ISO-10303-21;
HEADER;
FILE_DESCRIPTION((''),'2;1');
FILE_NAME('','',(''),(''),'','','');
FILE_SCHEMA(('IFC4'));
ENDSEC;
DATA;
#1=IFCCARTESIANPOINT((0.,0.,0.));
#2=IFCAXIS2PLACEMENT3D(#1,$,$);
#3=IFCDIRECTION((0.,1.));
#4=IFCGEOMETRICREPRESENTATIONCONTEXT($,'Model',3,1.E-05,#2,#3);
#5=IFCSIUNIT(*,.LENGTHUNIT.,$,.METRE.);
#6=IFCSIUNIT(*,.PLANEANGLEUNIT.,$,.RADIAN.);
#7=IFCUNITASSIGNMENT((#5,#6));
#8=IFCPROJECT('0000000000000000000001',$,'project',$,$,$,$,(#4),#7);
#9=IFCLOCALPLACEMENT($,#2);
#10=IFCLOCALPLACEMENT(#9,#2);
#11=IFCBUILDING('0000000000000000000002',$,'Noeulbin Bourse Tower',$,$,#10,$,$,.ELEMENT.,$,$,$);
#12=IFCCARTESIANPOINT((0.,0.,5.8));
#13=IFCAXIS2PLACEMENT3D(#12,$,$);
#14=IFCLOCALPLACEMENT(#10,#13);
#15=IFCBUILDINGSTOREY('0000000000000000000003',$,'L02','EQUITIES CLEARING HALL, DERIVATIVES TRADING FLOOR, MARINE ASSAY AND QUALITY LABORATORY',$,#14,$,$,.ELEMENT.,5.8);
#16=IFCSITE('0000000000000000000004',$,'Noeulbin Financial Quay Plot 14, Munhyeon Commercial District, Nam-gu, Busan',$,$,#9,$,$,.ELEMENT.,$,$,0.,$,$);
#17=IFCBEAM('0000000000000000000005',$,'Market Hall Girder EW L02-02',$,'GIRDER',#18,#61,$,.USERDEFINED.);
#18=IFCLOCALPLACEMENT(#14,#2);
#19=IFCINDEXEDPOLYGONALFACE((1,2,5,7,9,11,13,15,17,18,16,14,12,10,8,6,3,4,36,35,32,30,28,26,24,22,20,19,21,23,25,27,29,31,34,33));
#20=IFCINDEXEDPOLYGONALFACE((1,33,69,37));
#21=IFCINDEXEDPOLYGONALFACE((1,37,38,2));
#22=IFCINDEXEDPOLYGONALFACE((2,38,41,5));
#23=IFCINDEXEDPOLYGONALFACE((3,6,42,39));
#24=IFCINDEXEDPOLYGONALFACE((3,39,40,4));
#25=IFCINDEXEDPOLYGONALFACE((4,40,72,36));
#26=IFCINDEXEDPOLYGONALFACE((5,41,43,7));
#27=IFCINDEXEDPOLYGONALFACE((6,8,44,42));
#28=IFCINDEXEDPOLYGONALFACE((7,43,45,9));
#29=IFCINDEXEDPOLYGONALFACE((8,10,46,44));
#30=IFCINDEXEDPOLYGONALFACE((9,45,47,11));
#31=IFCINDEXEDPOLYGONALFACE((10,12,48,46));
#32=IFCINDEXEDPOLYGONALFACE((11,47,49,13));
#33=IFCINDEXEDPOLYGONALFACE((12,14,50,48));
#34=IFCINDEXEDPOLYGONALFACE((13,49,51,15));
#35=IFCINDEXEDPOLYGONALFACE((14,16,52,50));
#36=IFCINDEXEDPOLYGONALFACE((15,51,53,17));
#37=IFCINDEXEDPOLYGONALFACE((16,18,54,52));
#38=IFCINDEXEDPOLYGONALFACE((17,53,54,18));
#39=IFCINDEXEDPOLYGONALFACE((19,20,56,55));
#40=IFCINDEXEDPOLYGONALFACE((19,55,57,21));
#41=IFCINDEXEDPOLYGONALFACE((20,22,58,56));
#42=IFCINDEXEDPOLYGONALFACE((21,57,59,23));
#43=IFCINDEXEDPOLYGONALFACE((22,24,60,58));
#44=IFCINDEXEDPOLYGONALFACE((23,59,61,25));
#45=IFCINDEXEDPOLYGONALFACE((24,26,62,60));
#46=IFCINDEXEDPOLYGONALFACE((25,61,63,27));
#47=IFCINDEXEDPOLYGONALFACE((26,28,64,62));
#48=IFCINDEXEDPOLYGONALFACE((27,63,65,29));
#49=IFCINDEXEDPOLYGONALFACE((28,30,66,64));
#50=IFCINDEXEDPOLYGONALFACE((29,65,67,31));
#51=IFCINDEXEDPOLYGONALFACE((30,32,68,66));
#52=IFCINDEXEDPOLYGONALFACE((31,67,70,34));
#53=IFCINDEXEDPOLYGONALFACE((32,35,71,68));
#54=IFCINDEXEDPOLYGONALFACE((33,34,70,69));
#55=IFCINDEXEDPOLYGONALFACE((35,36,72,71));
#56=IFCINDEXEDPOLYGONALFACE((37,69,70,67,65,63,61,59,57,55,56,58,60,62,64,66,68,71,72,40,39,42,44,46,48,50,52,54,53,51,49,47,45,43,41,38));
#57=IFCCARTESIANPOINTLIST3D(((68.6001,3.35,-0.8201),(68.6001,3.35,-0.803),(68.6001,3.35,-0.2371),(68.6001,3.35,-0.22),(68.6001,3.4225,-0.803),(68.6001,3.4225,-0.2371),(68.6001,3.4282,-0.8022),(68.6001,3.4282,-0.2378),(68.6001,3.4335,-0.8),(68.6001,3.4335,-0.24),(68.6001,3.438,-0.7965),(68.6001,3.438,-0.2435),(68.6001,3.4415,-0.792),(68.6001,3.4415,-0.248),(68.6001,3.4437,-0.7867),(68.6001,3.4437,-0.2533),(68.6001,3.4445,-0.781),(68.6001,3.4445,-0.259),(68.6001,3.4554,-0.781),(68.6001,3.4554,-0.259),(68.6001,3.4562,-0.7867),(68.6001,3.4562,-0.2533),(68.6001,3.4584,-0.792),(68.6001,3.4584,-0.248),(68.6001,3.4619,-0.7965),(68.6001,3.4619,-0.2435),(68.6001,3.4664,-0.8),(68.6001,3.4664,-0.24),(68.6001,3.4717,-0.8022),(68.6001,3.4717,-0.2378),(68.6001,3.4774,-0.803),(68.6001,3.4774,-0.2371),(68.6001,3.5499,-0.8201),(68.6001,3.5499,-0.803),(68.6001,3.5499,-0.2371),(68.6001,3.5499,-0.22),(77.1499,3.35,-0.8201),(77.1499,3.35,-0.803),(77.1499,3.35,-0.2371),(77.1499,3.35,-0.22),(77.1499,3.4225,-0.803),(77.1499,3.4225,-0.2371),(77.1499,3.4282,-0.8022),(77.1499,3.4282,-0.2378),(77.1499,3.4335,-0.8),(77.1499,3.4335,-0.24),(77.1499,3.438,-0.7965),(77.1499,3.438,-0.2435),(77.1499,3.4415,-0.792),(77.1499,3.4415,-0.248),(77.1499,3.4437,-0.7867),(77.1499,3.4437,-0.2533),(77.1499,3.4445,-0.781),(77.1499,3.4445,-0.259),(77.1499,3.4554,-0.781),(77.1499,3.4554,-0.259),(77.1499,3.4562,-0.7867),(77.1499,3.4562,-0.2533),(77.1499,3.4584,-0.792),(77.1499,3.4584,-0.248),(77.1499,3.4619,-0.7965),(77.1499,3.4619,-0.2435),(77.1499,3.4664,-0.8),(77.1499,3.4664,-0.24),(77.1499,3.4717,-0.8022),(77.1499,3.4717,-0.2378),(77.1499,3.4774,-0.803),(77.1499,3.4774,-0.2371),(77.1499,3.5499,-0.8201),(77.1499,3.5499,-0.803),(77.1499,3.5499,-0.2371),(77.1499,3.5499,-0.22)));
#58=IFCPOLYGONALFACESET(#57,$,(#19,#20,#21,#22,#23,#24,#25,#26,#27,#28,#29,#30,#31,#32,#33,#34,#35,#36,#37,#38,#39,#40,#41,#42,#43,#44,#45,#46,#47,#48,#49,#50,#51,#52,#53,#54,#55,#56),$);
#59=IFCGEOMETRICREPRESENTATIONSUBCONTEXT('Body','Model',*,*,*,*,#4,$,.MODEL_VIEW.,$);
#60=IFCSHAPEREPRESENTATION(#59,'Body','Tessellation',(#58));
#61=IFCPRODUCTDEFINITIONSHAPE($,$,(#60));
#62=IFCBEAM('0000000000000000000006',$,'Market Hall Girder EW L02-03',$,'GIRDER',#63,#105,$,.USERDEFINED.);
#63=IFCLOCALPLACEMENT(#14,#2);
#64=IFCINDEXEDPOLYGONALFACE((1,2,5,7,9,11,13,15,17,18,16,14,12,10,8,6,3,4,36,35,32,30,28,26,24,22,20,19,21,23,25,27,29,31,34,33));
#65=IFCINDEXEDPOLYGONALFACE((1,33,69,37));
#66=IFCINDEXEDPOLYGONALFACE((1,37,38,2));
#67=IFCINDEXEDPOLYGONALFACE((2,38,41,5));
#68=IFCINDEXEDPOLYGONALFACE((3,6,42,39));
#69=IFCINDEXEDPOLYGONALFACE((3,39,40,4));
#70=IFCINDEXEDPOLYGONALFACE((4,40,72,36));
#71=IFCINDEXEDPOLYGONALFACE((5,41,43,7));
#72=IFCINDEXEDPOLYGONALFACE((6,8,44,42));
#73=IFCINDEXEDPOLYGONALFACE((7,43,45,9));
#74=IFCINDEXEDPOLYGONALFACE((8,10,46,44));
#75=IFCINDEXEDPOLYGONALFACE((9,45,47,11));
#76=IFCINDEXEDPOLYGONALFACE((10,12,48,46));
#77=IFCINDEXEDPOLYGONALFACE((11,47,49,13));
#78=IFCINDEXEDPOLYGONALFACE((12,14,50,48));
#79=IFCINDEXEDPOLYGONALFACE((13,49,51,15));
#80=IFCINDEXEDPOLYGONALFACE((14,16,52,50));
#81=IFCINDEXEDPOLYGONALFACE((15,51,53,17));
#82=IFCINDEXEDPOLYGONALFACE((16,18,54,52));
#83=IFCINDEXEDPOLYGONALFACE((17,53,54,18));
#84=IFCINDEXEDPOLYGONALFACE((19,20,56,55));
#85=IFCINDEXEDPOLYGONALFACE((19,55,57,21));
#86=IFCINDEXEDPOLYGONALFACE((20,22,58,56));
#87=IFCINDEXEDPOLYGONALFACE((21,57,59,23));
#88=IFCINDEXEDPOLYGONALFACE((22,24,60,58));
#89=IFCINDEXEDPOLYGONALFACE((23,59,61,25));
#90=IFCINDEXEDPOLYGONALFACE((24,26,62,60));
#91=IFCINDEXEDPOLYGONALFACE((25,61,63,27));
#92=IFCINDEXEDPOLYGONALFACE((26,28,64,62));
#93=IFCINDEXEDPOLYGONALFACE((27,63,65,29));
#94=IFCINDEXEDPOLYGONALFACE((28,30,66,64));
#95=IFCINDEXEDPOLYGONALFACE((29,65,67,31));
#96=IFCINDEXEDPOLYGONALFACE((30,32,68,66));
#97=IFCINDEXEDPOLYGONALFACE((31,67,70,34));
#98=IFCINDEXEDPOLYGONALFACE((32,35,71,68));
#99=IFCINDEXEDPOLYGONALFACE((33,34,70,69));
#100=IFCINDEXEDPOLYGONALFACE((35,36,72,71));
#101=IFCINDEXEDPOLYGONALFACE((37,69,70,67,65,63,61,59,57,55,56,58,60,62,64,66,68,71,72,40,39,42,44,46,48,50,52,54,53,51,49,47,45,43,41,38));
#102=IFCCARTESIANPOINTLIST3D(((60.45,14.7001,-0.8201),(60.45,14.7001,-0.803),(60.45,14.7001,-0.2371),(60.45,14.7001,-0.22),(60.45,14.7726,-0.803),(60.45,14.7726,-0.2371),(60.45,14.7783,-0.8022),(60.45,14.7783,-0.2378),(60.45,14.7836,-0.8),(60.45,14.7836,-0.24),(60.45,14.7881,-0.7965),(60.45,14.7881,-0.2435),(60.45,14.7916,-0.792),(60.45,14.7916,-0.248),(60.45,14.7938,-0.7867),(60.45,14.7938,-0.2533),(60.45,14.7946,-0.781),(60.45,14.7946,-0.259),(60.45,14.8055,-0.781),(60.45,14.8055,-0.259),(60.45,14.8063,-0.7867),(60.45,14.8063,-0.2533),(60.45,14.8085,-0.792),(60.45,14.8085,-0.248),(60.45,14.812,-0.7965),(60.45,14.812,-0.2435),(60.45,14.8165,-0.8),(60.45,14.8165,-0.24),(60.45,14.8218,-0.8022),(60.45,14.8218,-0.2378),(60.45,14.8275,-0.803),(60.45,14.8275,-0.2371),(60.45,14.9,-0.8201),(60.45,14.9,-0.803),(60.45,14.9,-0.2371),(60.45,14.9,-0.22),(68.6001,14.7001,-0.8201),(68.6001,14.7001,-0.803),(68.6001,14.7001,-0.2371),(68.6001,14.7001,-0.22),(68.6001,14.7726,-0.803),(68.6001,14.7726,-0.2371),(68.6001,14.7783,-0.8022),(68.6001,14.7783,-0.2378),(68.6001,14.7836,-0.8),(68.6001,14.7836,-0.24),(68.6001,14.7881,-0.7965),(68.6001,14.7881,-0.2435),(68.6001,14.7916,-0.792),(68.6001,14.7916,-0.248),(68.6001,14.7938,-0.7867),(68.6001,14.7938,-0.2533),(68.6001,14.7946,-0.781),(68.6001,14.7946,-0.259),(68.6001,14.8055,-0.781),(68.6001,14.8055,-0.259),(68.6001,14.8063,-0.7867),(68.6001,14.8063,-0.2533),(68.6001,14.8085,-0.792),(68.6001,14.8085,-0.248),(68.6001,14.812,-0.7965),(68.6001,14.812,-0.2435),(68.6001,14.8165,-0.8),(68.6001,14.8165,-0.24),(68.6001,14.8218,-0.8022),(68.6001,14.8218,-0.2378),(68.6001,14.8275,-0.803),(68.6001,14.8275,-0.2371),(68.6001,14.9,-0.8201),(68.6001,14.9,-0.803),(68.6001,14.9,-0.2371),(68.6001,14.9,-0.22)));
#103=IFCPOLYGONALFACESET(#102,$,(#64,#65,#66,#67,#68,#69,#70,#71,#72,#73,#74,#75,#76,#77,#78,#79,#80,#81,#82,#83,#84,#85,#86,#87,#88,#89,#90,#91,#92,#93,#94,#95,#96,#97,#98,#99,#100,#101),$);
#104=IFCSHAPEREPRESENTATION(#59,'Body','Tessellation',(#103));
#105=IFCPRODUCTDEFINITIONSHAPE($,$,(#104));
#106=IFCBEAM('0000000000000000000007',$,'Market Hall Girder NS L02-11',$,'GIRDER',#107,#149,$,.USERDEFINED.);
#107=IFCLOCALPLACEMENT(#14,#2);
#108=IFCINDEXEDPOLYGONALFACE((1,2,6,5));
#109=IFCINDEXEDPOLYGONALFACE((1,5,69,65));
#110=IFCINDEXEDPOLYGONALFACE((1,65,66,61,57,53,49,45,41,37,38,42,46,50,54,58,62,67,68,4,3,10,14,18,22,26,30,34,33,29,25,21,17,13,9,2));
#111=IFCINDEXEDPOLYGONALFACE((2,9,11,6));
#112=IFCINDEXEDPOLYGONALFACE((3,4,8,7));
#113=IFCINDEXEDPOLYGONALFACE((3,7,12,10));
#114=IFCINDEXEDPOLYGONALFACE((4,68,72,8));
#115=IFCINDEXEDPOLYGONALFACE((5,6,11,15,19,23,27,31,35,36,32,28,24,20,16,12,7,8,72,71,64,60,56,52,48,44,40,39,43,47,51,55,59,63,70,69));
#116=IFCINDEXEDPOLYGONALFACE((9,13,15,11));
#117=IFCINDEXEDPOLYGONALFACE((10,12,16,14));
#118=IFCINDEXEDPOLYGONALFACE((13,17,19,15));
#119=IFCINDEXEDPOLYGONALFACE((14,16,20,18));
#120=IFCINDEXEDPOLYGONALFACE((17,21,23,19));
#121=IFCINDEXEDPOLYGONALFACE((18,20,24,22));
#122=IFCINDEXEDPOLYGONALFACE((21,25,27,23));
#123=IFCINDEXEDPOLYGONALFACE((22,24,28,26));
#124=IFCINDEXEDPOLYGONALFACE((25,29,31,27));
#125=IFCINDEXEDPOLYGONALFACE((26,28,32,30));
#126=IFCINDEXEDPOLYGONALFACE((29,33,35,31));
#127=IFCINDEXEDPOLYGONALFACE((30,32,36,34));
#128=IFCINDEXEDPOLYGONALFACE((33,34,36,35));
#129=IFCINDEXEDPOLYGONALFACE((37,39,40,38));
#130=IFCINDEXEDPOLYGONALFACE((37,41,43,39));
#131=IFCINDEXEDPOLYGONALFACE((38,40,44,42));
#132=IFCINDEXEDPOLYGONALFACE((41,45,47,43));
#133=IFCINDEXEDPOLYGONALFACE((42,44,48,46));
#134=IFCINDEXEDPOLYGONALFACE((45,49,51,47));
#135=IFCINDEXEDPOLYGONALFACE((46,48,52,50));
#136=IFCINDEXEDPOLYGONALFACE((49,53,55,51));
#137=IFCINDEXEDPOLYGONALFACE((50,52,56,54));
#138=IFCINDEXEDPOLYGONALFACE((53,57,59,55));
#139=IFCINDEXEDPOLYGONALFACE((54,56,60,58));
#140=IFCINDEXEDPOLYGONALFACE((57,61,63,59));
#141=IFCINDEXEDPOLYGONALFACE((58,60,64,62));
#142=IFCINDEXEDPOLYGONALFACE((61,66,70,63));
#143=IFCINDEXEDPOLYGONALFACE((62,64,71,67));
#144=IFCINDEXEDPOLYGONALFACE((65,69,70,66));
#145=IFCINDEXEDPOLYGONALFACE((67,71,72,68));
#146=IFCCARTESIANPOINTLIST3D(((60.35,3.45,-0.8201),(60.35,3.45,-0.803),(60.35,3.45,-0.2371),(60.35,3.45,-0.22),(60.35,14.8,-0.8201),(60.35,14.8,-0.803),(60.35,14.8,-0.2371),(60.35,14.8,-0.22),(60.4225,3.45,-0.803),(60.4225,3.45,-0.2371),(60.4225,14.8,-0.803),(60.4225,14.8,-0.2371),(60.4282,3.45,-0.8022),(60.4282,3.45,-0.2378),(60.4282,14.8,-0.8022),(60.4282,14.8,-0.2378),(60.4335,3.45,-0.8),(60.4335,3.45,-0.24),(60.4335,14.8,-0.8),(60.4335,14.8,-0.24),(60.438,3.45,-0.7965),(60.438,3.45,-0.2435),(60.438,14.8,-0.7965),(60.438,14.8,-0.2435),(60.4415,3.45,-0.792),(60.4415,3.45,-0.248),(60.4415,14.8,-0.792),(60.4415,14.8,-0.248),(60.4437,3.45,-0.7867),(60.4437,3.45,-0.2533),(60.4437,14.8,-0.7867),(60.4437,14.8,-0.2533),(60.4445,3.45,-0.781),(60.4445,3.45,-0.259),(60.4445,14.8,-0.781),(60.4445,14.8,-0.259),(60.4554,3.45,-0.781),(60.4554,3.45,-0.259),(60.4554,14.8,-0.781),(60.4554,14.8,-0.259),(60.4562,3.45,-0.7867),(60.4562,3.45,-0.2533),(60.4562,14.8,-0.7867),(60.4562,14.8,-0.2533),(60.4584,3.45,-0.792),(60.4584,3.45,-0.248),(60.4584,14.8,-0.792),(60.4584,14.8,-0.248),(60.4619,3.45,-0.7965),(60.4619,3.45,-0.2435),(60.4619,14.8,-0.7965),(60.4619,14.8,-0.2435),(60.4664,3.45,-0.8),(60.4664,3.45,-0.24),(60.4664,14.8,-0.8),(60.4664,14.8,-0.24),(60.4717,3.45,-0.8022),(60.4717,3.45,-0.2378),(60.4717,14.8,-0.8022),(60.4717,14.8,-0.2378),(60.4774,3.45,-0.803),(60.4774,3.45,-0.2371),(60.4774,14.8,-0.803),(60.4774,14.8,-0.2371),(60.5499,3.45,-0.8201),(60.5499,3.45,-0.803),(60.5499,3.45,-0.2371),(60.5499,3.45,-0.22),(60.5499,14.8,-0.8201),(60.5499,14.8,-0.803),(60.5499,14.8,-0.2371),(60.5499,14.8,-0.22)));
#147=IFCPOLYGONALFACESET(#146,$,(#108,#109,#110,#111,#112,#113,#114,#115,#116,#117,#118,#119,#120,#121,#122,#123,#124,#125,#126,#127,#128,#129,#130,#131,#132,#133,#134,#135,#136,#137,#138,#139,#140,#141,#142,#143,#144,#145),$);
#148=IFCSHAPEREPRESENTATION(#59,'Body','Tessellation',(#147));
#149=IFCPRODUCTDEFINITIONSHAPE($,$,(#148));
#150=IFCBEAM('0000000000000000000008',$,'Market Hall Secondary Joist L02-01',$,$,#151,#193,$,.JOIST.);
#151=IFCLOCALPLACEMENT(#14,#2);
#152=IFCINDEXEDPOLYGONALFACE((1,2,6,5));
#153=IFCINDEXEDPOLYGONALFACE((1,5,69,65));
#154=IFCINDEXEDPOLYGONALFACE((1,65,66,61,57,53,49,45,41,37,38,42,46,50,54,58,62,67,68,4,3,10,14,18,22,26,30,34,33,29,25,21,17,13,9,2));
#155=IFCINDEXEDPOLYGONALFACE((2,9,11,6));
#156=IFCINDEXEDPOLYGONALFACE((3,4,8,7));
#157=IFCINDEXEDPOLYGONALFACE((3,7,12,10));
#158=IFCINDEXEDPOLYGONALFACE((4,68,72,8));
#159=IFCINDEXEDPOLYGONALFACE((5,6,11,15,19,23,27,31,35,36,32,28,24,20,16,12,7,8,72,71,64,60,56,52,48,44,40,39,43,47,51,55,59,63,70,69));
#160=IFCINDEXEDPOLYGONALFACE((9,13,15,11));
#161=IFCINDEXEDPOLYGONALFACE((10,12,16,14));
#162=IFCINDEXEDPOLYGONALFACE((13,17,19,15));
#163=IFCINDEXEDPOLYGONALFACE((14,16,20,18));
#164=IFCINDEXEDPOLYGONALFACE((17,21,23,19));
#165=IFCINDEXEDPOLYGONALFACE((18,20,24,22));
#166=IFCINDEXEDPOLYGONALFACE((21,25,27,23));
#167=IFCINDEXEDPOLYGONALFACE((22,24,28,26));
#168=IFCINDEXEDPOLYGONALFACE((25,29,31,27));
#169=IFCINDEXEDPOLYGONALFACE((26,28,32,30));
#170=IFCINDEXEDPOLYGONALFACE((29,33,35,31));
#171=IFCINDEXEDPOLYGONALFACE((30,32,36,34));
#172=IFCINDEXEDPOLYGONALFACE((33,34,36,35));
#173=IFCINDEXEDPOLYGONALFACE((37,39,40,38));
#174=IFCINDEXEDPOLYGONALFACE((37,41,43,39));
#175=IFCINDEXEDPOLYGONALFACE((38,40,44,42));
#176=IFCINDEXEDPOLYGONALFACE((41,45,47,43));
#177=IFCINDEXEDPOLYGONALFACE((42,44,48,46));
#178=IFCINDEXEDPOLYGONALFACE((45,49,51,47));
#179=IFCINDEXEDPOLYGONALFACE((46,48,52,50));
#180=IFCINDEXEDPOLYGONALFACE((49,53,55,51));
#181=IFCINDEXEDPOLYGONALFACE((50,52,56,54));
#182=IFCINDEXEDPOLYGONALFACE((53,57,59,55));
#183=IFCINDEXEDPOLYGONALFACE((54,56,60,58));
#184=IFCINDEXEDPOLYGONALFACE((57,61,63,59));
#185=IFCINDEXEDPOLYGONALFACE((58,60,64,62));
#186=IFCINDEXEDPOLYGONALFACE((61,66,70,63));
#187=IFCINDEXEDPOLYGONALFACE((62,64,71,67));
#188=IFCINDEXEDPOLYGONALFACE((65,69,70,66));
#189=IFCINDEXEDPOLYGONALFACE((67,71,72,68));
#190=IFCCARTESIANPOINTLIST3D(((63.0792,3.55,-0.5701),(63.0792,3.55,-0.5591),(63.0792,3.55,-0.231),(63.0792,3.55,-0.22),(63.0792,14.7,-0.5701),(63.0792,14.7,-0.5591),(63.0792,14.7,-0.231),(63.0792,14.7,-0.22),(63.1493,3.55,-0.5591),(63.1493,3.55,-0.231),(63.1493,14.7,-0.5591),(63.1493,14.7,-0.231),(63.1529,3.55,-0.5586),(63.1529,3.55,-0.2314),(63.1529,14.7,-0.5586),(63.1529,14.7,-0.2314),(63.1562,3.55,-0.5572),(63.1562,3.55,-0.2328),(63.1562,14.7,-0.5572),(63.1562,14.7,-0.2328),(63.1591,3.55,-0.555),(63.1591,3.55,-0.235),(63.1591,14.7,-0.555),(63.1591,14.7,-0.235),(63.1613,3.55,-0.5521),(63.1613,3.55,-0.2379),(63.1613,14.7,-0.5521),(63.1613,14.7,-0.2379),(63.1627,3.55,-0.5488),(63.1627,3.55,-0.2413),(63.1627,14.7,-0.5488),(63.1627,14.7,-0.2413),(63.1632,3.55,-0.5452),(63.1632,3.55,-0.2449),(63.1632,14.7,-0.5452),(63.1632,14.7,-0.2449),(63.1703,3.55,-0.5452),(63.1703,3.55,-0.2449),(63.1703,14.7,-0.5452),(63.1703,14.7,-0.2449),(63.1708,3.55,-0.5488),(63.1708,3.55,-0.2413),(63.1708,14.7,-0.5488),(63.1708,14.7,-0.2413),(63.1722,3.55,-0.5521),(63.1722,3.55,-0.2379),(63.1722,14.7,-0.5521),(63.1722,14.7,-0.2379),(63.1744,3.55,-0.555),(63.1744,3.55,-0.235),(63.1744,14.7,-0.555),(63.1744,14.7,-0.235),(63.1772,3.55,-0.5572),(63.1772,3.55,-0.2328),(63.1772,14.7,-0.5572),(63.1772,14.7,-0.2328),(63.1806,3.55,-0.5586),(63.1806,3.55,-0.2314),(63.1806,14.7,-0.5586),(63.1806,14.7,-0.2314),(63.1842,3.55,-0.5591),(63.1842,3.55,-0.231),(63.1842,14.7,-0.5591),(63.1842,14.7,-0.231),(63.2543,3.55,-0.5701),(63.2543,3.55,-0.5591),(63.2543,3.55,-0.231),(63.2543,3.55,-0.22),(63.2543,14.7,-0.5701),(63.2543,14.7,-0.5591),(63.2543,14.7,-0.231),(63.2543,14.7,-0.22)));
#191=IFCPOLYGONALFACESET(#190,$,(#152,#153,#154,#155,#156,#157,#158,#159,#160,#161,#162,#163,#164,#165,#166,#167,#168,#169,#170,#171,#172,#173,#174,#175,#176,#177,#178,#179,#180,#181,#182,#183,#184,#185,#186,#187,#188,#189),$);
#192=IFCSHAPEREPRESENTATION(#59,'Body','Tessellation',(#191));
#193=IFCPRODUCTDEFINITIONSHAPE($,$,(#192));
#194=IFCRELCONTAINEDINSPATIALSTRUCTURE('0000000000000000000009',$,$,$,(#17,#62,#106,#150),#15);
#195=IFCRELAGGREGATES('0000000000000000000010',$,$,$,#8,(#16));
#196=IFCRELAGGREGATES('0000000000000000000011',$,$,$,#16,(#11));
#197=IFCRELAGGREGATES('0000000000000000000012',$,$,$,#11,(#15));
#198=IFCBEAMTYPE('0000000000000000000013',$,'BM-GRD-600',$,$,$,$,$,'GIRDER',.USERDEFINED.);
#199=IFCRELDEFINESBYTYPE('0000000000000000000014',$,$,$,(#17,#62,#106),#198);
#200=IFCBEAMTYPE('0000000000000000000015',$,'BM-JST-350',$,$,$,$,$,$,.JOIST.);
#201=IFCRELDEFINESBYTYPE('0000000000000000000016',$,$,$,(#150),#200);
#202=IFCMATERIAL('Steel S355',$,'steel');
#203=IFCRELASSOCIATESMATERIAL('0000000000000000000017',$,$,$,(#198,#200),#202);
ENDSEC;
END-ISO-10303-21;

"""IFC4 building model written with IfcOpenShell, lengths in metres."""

from ifc_helpers import new_model, si_unit, direction, frame, origin, origin_2d, place, context, subcontext, project, spatial, i_section, extrude, material, material_profile, profile_set, type_object, element, save


model = new_model("IFC4")

# Units and contexts
model_context = context("Model", 3, precision=1e-05, world=origin(), true_north=direction((0.0, 1.0)))
body_context = subcontext(model_context, "Body", "Model", "MODEL_VIEW")
ifc_project = project(units=[si_unit("LENGTHUNIT", "METRE"), si_unit("PLANEANGLEUNIT", "RADIAN")], contexts=[model_context])

# Site, building, storey
site_placement = place(None, origin())
site = spatial("IfcSite", under=ifc_project, at=site_placement, Name="Noeulbin Financial Quay Plot 14, Munhyeon Commercial District, Nam-gu, Busan", CompositionType="ELEMENT", RefElevation=0.0)
building_placement = place(site_placement, origin())
building = spatial("IfcBuilding", under=site, at=building_placement, Name="Noeulbin Bourse Tower", CompositionType="ELEMENT")
storey_placement = place(building_placement, frame((0.0, 0.0, 5.8)))
storey = spatial("IfcBuildingStorey", under=building, at=storey_placement, Name="L02", Description="EQUITIES CLEARING HALL, DERIVATIVES TRADING FLOOR, MARINE ASSAY AND QUALITY LABORATORY", CompositionType="ELEMENT", Elevation=5.8)

# Shared definitions
ifc_material_1 = material(Name="Steel S355", Category="steel")

# Beams
ifc_material_profile_1 = material_profile(ifc_material_1, i_section(OverallWidth=0.2, OverallDepth=0.6001, WebThickness=0.011, FlangeThickness=0.0171, FilletRadius=0.022, at=origin_2d()), Name="H-600x200x11x17", Category="LoadBearing")
ifc_profile_set_1 = profile_set([ifc_material_profile_1], Name="Steel S355")
beam_type_1 = type_object("IfcBeamType", Name="BM-GRD-600", ElementType="GIRDER", PredefinedType="USERDEFINED", material=ifc_profile_set_1)
beam_1_placement = place(storey_placement, frame((68.6001, 3.45, -0.52), z_axis=(1.0, 0.0, 0.0), x_axis=(0.0, 1.0, 0.0)))
element("IfcBeam", 1, at=beam_1_placement, inside=storey, type_object=beam_type_1, Name="Market Hall Girder EW L02-02", ObjectType="GIRDER", PredefinedType="USERDEFINED", context=body_context, shape_type="SweptSolid", body=[
    extrude(i_section(OverallWidth=0.2, OverallDepth=0.6001, WebThickness=0.011, FlangeThickness=0.0171, FilletRadius=0.022, at=origin_2d()), origin(), (0.0, 0.0, 1.0), 8.5498),
])
beam_2_placement = place(storey_placement, frame((60.45, 14.8, -0.52), z_axis=(1.0, 0.0, 0.0), x_axis=(0.0, 1.0, 0.0)))
element("IfcBeam", 2, at=beam_2_placement, inside=storey, type_object=beam_type_1, Name="Market Hall Girder EW L02-03", ObjectType="GIRDER", PredefinedType="USERDEFINED", context=body_context, shape_type="SweptSolid", body=[
    extrude(i_section(OverallWidth=0.2, OverallDepth=0.6001, WebThickness=0.011, FlangeThickness=0.0171, FilletRadius=0.022, at=origin_2d()), origin(), (0.0, 0.0, 1.0), 8.1501),
])
beam_3_placement = place(storey_placement, frame((60.45, 3.45, -0.52), z_axis=(0.0, 1.0, 0.0), x_axis=(-1.0, 0.0, 0.0)))
element("IfcBeam", 3, at=beam_3_placement, inside=storey, type_object=beam_type_1, Name="Market Hall Girder NS L02-11", ObjectType="GIRDER", PredefinedType="USERDEFINED", context=body_context, shape_type="SweptSolid", body=[
    extrude(i_section(OverallWidth=0.2, OverallDepth=0.6001, WebThickness=0.011, FlangeThickness=0.0171, FilletRadius=0.022, at=origin_2d()), origin(), (0.0, 0.0, 1.0), 11.3501),
])
ifc_material_profile_2 = material_profile(ifc_material_1, i_section(OverallWidth=0.175, OverallDepth=0.3501, WebThickness=0.0071, FlangeThickness=0.011, FilletRadius=0.0139, at=origin_2d()), Name="H-350x175x7x11", Category="LoadBearing")
ifc_profile_set_2 = profile_set([ifc_material_profile_2], Name="Steel S355")
beam_type_2 = type_object("IfcBeamType", Name="BM-JST-350", PredefinedType="JOIST", material=ifc_profile_set_2)
for number, where, z_axis, x_axis, name in (
    (4, (63.1667, 3.55, -0.395), (0.0, 1.0, 0.0), (-1.0, 0.0, 0.0), "Market Hall Secondary Joist L02-01"),
):
    element("IfcBeam", number, at=place(storey_placement, frame(where, z_axis=z_axis, x_axis=x_axis)), inside=storey, type_object=beam_type_2, Name=name, PredefinedType="JOIST", context=body_context, shape_type="SweptSolid", body=[
        extrude(i_section(OverallWidth=0.175, OverallDepth=0.3501, WebThickness=0.0071, FlangeThickness=0.011, FilletRadius=0.0139, at=origin_2d()), origin(), (0.0, 0.0, 1.0), 11.1499),
    ])

save(model, "model.ifc")
